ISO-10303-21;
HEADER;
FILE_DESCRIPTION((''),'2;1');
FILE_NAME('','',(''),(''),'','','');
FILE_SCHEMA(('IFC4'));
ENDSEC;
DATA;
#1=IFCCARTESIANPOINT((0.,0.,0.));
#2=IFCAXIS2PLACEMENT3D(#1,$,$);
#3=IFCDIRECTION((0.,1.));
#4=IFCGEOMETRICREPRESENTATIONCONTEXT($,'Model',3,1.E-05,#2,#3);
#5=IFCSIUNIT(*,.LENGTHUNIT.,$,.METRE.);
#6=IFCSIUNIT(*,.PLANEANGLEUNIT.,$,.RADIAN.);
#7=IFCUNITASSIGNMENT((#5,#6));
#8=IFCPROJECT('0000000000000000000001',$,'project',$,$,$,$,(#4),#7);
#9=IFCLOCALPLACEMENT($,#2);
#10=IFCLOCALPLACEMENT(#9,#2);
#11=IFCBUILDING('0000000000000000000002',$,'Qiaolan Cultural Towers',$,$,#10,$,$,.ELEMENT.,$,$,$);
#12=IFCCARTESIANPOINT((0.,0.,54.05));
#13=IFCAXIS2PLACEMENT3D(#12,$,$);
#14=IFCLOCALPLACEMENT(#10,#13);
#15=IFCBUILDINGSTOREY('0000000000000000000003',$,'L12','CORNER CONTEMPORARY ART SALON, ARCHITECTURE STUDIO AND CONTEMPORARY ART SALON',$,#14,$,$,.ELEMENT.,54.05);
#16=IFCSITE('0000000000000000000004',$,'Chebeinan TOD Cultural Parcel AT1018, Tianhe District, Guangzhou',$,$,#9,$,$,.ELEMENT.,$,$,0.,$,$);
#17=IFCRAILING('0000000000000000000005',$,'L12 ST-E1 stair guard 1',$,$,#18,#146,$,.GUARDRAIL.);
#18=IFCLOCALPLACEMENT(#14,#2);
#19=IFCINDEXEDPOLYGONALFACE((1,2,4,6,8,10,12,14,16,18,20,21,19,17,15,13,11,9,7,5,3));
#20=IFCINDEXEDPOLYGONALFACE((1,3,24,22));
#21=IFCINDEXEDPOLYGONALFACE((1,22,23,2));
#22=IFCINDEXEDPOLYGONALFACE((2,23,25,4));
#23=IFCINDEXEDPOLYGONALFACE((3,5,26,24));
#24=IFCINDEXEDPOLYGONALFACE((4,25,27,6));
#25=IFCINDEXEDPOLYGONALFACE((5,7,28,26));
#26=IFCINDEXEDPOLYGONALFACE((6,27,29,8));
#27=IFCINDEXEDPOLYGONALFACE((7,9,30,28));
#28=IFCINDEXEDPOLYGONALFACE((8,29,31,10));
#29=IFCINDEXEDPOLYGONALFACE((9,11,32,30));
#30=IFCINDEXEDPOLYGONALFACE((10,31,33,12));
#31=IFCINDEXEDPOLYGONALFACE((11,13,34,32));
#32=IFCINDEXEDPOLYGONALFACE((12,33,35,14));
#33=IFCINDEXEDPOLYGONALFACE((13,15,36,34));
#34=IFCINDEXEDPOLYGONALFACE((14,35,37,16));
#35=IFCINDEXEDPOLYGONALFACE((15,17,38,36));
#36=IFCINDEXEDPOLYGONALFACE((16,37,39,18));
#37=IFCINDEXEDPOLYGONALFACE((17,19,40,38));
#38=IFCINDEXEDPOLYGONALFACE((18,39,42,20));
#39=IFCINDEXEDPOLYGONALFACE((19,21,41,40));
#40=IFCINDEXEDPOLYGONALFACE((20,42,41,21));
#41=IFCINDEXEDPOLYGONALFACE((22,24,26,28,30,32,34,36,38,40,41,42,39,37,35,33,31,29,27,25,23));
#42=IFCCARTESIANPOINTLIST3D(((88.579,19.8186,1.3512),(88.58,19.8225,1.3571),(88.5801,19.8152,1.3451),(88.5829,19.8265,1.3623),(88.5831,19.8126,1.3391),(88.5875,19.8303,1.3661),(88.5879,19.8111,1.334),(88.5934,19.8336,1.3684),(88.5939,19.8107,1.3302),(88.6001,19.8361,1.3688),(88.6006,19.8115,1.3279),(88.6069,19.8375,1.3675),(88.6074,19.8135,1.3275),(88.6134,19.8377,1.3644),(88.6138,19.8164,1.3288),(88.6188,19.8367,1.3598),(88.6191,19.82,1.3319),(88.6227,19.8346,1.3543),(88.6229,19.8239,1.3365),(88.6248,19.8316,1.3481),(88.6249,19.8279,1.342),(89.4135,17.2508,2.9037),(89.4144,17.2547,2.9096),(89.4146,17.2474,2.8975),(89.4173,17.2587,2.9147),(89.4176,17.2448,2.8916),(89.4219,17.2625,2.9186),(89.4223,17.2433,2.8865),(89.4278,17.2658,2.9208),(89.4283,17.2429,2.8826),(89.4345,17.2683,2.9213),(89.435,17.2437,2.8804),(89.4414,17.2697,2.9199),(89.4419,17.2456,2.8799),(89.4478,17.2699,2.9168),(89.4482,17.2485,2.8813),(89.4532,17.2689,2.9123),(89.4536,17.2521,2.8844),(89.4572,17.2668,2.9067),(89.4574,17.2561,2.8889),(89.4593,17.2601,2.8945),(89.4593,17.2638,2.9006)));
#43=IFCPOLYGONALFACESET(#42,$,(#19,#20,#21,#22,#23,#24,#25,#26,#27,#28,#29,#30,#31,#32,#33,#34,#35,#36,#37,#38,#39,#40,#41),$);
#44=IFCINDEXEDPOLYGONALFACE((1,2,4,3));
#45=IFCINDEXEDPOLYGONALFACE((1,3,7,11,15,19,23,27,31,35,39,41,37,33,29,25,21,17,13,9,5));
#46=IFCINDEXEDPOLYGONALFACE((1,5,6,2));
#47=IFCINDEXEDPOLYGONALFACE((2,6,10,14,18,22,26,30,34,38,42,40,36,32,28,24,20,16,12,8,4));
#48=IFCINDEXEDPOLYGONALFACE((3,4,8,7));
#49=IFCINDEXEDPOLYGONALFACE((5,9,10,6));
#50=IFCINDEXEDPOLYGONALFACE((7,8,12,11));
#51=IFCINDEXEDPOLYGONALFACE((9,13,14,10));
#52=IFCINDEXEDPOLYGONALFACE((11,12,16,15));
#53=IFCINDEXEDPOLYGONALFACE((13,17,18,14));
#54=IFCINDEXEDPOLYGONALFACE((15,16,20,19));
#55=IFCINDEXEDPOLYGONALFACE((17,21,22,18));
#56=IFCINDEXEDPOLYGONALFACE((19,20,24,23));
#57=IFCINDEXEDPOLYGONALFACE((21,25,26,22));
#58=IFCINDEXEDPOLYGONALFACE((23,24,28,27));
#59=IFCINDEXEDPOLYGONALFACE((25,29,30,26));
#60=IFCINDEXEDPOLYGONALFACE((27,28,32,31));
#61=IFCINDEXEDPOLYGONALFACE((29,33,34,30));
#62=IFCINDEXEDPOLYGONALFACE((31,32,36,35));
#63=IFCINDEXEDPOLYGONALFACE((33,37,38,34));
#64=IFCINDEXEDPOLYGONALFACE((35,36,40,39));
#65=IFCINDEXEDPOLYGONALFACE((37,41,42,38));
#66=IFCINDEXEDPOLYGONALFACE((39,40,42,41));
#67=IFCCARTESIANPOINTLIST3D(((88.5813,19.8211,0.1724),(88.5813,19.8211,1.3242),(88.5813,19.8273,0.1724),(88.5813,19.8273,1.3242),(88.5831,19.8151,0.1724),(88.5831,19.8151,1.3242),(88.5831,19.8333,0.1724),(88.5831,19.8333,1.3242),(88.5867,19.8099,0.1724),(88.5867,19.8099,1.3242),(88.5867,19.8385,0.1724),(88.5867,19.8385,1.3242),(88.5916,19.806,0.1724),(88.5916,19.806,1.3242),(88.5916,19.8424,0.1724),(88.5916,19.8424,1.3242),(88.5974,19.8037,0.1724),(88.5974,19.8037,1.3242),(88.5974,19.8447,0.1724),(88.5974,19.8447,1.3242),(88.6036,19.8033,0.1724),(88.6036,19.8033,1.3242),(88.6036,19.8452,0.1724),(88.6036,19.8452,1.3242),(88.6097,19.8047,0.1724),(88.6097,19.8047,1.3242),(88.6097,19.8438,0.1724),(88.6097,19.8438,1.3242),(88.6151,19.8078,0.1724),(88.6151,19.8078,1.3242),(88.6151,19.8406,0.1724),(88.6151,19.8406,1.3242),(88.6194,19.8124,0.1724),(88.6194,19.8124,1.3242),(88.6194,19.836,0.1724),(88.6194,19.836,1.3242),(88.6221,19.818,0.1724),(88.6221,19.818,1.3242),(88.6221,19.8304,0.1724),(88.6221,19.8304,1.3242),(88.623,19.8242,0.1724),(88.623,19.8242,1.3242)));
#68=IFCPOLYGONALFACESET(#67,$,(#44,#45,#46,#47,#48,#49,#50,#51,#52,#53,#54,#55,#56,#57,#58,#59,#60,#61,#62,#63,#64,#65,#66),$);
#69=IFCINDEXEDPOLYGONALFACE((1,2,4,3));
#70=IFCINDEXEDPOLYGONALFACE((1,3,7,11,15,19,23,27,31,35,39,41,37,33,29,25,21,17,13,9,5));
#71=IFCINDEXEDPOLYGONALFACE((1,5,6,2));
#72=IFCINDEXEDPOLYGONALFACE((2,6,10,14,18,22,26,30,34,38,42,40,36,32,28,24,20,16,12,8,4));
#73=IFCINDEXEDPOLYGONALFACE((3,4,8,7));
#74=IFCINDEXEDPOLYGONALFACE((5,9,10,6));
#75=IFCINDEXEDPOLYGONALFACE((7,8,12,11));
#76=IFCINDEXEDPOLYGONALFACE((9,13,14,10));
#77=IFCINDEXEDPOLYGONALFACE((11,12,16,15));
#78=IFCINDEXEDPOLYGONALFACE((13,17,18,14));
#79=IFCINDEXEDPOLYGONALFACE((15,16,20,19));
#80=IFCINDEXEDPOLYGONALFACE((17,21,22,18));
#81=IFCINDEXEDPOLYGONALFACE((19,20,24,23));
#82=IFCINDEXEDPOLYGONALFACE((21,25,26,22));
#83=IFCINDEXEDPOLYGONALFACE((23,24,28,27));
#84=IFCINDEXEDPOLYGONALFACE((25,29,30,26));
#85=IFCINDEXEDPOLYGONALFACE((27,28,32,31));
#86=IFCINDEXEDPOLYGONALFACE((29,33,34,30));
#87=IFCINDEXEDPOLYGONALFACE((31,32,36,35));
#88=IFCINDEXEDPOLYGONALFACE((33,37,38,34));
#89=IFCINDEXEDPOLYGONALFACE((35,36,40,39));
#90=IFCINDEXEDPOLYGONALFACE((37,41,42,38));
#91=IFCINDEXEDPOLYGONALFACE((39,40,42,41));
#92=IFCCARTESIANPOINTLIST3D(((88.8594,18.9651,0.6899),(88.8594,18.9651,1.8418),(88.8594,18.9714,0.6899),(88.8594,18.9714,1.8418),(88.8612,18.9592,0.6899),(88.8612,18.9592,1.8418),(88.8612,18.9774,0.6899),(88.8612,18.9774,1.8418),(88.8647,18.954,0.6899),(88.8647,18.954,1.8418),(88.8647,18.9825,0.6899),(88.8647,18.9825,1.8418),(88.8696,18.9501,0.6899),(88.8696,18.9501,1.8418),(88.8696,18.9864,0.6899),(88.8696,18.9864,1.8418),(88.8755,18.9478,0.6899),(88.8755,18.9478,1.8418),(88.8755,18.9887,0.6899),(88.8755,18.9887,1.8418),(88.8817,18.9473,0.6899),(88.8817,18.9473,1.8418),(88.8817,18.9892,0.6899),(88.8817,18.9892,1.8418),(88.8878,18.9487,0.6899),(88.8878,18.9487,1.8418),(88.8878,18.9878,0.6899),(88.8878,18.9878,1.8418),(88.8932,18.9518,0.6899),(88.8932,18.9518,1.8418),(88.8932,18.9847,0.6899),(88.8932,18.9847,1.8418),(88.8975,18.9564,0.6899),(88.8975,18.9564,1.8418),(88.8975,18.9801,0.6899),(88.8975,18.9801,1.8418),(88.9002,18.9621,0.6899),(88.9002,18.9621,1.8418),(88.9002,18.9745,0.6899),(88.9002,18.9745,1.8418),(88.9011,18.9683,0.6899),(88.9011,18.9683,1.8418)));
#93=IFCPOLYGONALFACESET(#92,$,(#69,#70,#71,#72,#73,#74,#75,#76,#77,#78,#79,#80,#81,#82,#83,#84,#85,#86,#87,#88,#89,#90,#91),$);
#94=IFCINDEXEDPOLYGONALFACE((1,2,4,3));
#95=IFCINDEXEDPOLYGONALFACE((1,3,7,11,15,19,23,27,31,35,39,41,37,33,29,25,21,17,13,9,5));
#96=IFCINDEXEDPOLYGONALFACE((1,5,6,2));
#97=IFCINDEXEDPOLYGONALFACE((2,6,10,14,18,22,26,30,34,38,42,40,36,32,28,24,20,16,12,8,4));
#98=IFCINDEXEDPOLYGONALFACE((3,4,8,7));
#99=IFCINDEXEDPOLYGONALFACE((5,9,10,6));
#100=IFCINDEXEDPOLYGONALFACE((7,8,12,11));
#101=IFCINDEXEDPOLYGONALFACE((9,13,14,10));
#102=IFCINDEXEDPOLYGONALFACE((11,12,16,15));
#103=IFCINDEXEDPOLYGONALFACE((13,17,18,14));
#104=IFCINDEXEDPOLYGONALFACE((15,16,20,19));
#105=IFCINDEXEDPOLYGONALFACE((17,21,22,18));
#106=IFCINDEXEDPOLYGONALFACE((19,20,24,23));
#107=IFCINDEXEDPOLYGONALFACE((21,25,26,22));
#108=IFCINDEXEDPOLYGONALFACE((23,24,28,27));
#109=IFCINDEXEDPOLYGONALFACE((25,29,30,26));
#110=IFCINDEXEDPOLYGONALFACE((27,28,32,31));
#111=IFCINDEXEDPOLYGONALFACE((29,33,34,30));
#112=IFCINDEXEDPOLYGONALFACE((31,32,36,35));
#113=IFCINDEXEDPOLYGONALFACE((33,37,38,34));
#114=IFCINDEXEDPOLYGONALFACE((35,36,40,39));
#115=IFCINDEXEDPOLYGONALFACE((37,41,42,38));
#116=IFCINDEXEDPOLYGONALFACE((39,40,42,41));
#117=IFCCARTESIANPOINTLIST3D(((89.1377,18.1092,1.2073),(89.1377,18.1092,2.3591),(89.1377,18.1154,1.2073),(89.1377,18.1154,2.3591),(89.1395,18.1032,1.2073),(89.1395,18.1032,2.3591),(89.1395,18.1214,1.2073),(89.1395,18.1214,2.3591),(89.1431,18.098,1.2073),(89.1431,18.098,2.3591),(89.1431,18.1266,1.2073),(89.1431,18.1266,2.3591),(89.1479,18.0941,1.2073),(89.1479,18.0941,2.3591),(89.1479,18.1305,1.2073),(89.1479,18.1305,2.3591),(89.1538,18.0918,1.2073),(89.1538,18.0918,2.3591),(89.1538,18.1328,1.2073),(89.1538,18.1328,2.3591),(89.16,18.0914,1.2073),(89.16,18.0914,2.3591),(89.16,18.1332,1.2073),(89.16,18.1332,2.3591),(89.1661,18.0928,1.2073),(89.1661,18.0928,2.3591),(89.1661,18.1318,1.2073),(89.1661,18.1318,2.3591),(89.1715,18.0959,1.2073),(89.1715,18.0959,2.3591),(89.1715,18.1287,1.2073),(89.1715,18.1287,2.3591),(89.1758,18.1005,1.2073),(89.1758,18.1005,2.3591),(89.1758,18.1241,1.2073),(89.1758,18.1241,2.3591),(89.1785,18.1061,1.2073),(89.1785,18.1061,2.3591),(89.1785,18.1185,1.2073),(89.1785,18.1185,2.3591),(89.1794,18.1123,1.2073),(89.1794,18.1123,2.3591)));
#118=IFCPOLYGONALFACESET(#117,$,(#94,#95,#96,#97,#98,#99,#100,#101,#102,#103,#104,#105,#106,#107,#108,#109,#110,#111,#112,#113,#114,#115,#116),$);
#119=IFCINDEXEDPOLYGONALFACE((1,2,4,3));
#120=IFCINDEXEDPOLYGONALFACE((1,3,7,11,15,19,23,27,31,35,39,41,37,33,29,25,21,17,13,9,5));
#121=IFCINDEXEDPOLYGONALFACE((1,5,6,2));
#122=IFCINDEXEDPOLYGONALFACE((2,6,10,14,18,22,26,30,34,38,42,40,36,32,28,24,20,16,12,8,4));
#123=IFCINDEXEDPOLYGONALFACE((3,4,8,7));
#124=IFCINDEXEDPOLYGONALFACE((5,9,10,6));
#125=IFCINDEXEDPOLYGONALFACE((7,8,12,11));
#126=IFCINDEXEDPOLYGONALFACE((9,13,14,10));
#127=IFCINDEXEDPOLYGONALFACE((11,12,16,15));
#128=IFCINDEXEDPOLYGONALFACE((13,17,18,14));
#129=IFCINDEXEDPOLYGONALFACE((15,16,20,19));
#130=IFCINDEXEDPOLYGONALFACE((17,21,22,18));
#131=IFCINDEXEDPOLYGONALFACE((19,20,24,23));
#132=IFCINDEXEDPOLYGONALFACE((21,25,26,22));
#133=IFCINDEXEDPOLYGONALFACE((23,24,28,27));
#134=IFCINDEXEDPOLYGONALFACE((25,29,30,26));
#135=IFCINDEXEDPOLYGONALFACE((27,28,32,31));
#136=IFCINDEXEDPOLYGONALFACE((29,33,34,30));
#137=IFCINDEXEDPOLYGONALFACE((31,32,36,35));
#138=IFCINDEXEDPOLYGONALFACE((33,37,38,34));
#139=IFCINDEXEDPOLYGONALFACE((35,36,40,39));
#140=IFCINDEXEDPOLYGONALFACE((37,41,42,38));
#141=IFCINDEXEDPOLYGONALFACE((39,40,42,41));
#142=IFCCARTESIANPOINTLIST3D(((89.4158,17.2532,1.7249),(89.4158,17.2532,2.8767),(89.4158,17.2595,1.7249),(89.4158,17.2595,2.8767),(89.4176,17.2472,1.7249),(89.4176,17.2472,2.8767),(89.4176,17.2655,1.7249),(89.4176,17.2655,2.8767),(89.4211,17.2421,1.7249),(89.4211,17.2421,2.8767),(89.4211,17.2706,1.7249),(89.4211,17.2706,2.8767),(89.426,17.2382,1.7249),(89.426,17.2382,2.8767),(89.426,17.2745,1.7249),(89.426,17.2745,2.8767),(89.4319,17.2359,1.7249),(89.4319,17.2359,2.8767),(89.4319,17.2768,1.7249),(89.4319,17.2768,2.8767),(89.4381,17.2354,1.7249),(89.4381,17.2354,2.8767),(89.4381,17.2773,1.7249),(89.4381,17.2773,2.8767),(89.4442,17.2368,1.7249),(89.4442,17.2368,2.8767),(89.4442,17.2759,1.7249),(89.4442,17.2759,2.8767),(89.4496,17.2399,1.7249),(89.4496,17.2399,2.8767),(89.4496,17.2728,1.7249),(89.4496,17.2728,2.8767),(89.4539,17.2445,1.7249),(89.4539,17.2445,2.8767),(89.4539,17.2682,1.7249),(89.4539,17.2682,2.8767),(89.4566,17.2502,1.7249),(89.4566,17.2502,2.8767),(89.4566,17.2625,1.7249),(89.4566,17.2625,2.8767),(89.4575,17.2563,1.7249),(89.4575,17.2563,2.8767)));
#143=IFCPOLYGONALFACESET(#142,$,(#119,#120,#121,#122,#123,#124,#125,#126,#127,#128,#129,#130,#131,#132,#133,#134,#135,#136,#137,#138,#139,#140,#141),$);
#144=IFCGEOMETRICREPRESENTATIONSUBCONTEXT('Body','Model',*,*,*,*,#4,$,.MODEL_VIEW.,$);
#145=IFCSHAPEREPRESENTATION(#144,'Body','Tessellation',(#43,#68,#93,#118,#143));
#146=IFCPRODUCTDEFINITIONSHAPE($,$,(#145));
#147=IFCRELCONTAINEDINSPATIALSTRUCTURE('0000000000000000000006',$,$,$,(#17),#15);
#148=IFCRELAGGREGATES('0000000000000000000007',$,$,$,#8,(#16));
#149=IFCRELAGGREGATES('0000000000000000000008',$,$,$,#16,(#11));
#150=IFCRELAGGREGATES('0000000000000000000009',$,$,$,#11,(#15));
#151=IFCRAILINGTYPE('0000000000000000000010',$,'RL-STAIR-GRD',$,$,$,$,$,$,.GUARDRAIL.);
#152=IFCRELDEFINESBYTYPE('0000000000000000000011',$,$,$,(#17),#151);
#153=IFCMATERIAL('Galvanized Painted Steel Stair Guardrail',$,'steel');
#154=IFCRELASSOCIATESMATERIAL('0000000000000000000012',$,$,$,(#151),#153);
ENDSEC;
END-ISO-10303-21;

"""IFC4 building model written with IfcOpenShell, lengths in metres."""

from ifc_helpers import new_model, si_unit, direction, frame, origin, origin_2d, place, context, subcontext, project, spatial, circle, extrude, material, type_object, element, save


model = new_model("IFC4")

# Units and contexts
model_context = context("Model", 3, precision=1e-05, world=origin(), true_north=direction((0.0, 1.0)))
body_context = subcontext(model_context, "Body", "Model", "MODEL_VIEW")
ifc_project = project(units=[si_unit("LENGTHUNIT", "METRE"), si_unit("PLANEANGLEUNIT", "RADIAN")], contexts=[model_context])

# Site, building, storey
site_placement = place(None, origin())
site = spatial("IfcSite", under=ifc_project, at=site_placement, Name="Chebeinan TOD Cultural Parcel AT1018, Tianhe District, Guangzhou", CompositionType="ELEMENT", RefElevation=0.0)
building_placement = place(site_placement, origin())
building = spatial("IfcBuilding", under=site, at=building_placement, Name="Qiaolan Cultural Towers", CompositionType="ELEMENT")
storey_placement = place(building_placement, frame((0.0, 0.0, 54.05)))
storey = spatial("IfcBuildingStorey", under=building, at=storey_placement, Name="L12", Description="CORNER CONTEMPORARY ART SALON, ARCHITECTURE STUDIO AND CONTEMPORARY ART SALON", CompositionType="ELEMENT", Elevation=54.05)

# Railing
ifc_material_1 = material(Name="Galvanized Painted Steel Stair Guardrail", Category="steel")
railing_type_1 = type_object("IfcRailingType", Name="RL-STAIR-GRD", PredefinedType="GUARDRAIL", material=ifc_material_1)
railing_1_placement = place(storey_placement, frame((88.6021, 19.8242, 0.1724)))
element("IfcRailing", 1, at=railing_1_placement, inside=storey, type_object=railing_type_1, Name="L12 ST-E1 stair guard 1", PredefinedType="GUARDRAIL", context=body_context, shape_type="SweptSolid", body=[
    extrude(circle(Radius=0.0239, at=origin_2d()), frame((0.0, 0.0, 1.1758), z_axis=(0.267926, -0.824471, 0.498461), x_axis=(0.951043, 0.309057, 0.0)), (0.0, 0.0, 1.0), 3.1145),
    extrude(circle(Radius=0.021, at=origin_2d()), origin(), (0.0, 0.0, 1.0), 1.1519),
    extrude(circle(Radius=0.021, at=origin_2d()), frame((0.2781, -0.856, 0.5176)), (0.0, 0.0, 1.0), 1.1519),
    extrude(circle(Radius=0.021, at=origin_2d()), frame((0.5564, -1.7119, 1.0349)), (0.0, 0.0, 1.0), 1.1519),
    extrude(circle(Radius=0.021, at=origin_2d()), frame((0.8345, -2.5679, 1.5525)), (0.0, 0.0, 1.0), 1.1519),
])

save(model, "model.ifc")
